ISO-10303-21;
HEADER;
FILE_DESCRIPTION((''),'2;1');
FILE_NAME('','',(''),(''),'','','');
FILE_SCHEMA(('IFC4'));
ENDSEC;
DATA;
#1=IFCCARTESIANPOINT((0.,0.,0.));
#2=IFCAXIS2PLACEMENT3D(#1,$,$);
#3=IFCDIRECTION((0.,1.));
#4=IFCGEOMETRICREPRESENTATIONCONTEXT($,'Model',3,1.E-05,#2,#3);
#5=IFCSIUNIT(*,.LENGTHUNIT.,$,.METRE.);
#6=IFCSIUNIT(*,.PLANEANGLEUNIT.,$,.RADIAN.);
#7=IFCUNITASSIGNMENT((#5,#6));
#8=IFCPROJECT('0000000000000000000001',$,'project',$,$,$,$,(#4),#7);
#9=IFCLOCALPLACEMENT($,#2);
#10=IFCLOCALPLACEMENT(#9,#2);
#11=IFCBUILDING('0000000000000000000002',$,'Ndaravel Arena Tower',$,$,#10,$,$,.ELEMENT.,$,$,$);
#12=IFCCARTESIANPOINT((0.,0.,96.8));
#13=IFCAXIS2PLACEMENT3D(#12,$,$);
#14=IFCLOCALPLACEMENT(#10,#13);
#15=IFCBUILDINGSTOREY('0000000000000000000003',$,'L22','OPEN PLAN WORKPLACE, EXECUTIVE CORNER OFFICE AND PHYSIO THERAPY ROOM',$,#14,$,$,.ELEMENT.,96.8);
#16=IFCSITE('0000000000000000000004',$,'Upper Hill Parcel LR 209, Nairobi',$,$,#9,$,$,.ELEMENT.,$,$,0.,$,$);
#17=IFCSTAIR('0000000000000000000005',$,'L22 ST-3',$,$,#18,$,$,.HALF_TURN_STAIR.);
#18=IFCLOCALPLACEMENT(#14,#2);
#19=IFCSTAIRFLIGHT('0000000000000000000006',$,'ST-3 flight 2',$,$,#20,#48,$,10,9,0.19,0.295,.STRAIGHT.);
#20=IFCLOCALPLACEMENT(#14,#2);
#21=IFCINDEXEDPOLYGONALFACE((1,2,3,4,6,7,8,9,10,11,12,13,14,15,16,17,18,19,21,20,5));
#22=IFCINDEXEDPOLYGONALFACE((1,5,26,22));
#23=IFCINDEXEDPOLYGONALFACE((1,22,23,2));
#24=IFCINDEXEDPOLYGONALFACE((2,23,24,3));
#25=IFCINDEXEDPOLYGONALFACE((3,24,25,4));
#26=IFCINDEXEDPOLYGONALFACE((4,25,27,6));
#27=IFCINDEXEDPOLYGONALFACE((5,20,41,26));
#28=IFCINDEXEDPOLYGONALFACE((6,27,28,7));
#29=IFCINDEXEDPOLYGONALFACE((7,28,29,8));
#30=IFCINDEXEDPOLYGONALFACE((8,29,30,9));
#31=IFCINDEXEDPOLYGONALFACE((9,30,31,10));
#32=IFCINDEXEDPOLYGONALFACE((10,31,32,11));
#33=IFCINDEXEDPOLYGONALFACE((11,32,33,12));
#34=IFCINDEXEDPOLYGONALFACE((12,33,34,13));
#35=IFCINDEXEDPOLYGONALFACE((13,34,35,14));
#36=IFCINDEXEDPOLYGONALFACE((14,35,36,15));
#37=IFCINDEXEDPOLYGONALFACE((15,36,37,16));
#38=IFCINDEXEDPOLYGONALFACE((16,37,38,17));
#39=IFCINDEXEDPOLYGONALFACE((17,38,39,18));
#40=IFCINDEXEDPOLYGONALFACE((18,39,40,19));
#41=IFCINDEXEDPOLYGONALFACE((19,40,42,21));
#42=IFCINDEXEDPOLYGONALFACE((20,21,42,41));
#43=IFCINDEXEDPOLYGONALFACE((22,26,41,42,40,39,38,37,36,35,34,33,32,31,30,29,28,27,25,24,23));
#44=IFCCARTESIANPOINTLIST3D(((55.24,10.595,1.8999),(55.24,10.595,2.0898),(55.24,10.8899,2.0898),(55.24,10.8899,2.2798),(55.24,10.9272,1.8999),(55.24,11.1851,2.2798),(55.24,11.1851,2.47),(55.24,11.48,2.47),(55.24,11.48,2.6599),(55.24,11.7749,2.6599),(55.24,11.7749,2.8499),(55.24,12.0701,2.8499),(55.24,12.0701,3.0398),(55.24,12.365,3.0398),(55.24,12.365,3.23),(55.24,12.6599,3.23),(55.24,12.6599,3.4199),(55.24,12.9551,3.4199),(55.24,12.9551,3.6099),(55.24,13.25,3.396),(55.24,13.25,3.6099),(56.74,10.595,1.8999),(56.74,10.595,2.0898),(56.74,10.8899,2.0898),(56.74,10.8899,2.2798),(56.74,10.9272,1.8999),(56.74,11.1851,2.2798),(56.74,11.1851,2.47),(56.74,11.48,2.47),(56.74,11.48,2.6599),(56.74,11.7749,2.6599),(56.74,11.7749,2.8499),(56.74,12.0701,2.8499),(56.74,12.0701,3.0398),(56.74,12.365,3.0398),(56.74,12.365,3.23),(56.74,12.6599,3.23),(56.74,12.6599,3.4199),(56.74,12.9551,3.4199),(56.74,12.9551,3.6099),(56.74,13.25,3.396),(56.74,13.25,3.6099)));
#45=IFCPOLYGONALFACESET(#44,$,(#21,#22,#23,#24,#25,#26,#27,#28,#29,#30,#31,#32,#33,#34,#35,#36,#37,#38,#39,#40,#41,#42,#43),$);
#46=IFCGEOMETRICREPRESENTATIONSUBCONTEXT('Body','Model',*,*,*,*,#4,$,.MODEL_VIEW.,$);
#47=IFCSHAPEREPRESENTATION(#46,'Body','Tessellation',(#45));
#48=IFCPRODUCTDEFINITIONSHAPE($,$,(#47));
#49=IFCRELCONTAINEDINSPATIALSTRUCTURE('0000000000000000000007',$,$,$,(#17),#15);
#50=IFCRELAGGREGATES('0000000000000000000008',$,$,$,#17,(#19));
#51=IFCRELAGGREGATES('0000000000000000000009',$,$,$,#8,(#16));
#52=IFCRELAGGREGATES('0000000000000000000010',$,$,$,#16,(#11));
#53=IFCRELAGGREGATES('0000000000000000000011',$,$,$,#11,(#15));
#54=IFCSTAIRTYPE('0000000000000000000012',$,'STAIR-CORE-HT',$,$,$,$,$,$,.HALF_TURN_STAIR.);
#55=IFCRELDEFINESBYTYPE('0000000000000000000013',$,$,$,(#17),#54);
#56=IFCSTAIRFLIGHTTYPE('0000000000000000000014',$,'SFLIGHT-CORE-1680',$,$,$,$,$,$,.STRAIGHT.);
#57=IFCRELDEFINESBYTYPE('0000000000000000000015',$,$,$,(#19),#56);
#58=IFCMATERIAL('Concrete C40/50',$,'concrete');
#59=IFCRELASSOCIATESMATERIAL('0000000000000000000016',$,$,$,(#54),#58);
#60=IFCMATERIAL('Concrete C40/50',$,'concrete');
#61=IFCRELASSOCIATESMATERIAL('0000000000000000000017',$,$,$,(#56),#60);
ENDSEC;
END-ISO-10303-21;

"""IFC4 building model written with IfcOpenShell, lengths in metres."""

from ifc_helpers import new_model, si_unit, direction, frame, origin, place, context, subcontext, project, spatial, polyline, outline, extrude, material, type_object, element, aggregate, save


model = new_model("IFC4")

# Units and contexts
model_context = context("Model", 3, precision=1e-05, world=origin(), true_north=direction((0.0, 1.0)))
body_context = subcontext(model_context, "Body", "Model", "MODEL_VIEW")
ifc_project = project(units=[si_unit("LENGTHUNIT", "METRE"), si_unit("PLANEANGLEUNIT", "RADIAN")], contexts=[model_context])

# Site, building, storey
site_placement = place(None, origin())
site = spatial("IfcSite", under=ifc_project, at=site_placement, Name="Upper Hill Parcel LR 209, Nairobi", CompositionType="ELEMENT", RefElevation=0.0)
building_placement = place(site_placement, origin())
building = spatial("IfcBuilding", under=site, at=building_placement, Name="Ndaravel Arena Tower", CompositionType="ELEMENT")
storey_placement = place(building_placement, frame((0.0, 0.0, 96.8)))
storey = spatial("IfcBuildingStorey", under=building, at=storey_placement, Name="L22", Description="OPEN PLAN WORKPLACE, EXECUTIVE CORNER OFFICE AND PHYSIO THERAPY ROOM", CompositionType="ELEMENT", Elevation=96.8)

# Stair, stair flight
ifc_material_1 = material(Name="Concrete C40/50", Category="concrete")
stair_type = type_object("IfcStairType", Name="STAIR-CORE-HT", PredefinedType="HALF_TURN_STAIR", material=ifc_material_1)
stair_placement = place(storey_placement, origin())
stair = element("IfcStair", 1, at=stair_placement, inside=storey, type_object=stair_type, Name="L22 ST-3", PredefinedType="HALF_TURN_STAIR")
ifc_material_2 = material(Name="Concrete C40/50", Category="concrete")
stair_flight_type = type_object("IfcStairFlightType", Name="SFLIGHT-CORE-1680", PredefinedType="STRAIGHT", material=ifc_material_2)
stair_flight_1_placement = place(storey_placement, frame((55.99, 10.595, 1.8999), z_axis=(0.0, 0.0, 1.0), x_axis=(0.0, 1.0, 0.0)))
stair_flight_1 = element("IfcStairFlight", 2, at=stair_flight_1_placement, type_object=stair_flight_type, Name="ST-3 flight 2", NumberOfRisers=10, NumberOfTreads=9, PredefinedType="STRAIGHT", RiserHeight=0.19, TreadLength=0.295, context=body_context, shape_type="SweptSolid", body=[
    extrude(outline(polyline([(0.0, 0.0), (0.0, 0.1899), (0.2949, 0.1899), (0.2949, 0.3799), (0.5901, 0.3799), (0.5901, 0.5701), (0.885, 0.5701), (0.885, 0.76), (1.1799, 0.76), (1.1799, 0.95), (1.4751, 0.95), (1.4751, 1.1399), (1.77, 1.1399), (1.77, 1.3301), (2.0649, 1.3301), (2.0649, 1.52), (2.3601, 1.52), (2.3601, 1.71), (2.655, 1.71), (2.655, 1.8999), (2.655, 1.4961), (0.3323, 0.0), (0.0, 0.0)])), frame((0.0, 0.75, 0.0), z_axis=(0.0, -1.0, 0.0), x_axis=(1.0, 0.0, 0.0)), (0.0, 0.0, 1.0), 1.5),
])
aggregate(stair, [stair_flight_1])

save(model, "model.ifc")
